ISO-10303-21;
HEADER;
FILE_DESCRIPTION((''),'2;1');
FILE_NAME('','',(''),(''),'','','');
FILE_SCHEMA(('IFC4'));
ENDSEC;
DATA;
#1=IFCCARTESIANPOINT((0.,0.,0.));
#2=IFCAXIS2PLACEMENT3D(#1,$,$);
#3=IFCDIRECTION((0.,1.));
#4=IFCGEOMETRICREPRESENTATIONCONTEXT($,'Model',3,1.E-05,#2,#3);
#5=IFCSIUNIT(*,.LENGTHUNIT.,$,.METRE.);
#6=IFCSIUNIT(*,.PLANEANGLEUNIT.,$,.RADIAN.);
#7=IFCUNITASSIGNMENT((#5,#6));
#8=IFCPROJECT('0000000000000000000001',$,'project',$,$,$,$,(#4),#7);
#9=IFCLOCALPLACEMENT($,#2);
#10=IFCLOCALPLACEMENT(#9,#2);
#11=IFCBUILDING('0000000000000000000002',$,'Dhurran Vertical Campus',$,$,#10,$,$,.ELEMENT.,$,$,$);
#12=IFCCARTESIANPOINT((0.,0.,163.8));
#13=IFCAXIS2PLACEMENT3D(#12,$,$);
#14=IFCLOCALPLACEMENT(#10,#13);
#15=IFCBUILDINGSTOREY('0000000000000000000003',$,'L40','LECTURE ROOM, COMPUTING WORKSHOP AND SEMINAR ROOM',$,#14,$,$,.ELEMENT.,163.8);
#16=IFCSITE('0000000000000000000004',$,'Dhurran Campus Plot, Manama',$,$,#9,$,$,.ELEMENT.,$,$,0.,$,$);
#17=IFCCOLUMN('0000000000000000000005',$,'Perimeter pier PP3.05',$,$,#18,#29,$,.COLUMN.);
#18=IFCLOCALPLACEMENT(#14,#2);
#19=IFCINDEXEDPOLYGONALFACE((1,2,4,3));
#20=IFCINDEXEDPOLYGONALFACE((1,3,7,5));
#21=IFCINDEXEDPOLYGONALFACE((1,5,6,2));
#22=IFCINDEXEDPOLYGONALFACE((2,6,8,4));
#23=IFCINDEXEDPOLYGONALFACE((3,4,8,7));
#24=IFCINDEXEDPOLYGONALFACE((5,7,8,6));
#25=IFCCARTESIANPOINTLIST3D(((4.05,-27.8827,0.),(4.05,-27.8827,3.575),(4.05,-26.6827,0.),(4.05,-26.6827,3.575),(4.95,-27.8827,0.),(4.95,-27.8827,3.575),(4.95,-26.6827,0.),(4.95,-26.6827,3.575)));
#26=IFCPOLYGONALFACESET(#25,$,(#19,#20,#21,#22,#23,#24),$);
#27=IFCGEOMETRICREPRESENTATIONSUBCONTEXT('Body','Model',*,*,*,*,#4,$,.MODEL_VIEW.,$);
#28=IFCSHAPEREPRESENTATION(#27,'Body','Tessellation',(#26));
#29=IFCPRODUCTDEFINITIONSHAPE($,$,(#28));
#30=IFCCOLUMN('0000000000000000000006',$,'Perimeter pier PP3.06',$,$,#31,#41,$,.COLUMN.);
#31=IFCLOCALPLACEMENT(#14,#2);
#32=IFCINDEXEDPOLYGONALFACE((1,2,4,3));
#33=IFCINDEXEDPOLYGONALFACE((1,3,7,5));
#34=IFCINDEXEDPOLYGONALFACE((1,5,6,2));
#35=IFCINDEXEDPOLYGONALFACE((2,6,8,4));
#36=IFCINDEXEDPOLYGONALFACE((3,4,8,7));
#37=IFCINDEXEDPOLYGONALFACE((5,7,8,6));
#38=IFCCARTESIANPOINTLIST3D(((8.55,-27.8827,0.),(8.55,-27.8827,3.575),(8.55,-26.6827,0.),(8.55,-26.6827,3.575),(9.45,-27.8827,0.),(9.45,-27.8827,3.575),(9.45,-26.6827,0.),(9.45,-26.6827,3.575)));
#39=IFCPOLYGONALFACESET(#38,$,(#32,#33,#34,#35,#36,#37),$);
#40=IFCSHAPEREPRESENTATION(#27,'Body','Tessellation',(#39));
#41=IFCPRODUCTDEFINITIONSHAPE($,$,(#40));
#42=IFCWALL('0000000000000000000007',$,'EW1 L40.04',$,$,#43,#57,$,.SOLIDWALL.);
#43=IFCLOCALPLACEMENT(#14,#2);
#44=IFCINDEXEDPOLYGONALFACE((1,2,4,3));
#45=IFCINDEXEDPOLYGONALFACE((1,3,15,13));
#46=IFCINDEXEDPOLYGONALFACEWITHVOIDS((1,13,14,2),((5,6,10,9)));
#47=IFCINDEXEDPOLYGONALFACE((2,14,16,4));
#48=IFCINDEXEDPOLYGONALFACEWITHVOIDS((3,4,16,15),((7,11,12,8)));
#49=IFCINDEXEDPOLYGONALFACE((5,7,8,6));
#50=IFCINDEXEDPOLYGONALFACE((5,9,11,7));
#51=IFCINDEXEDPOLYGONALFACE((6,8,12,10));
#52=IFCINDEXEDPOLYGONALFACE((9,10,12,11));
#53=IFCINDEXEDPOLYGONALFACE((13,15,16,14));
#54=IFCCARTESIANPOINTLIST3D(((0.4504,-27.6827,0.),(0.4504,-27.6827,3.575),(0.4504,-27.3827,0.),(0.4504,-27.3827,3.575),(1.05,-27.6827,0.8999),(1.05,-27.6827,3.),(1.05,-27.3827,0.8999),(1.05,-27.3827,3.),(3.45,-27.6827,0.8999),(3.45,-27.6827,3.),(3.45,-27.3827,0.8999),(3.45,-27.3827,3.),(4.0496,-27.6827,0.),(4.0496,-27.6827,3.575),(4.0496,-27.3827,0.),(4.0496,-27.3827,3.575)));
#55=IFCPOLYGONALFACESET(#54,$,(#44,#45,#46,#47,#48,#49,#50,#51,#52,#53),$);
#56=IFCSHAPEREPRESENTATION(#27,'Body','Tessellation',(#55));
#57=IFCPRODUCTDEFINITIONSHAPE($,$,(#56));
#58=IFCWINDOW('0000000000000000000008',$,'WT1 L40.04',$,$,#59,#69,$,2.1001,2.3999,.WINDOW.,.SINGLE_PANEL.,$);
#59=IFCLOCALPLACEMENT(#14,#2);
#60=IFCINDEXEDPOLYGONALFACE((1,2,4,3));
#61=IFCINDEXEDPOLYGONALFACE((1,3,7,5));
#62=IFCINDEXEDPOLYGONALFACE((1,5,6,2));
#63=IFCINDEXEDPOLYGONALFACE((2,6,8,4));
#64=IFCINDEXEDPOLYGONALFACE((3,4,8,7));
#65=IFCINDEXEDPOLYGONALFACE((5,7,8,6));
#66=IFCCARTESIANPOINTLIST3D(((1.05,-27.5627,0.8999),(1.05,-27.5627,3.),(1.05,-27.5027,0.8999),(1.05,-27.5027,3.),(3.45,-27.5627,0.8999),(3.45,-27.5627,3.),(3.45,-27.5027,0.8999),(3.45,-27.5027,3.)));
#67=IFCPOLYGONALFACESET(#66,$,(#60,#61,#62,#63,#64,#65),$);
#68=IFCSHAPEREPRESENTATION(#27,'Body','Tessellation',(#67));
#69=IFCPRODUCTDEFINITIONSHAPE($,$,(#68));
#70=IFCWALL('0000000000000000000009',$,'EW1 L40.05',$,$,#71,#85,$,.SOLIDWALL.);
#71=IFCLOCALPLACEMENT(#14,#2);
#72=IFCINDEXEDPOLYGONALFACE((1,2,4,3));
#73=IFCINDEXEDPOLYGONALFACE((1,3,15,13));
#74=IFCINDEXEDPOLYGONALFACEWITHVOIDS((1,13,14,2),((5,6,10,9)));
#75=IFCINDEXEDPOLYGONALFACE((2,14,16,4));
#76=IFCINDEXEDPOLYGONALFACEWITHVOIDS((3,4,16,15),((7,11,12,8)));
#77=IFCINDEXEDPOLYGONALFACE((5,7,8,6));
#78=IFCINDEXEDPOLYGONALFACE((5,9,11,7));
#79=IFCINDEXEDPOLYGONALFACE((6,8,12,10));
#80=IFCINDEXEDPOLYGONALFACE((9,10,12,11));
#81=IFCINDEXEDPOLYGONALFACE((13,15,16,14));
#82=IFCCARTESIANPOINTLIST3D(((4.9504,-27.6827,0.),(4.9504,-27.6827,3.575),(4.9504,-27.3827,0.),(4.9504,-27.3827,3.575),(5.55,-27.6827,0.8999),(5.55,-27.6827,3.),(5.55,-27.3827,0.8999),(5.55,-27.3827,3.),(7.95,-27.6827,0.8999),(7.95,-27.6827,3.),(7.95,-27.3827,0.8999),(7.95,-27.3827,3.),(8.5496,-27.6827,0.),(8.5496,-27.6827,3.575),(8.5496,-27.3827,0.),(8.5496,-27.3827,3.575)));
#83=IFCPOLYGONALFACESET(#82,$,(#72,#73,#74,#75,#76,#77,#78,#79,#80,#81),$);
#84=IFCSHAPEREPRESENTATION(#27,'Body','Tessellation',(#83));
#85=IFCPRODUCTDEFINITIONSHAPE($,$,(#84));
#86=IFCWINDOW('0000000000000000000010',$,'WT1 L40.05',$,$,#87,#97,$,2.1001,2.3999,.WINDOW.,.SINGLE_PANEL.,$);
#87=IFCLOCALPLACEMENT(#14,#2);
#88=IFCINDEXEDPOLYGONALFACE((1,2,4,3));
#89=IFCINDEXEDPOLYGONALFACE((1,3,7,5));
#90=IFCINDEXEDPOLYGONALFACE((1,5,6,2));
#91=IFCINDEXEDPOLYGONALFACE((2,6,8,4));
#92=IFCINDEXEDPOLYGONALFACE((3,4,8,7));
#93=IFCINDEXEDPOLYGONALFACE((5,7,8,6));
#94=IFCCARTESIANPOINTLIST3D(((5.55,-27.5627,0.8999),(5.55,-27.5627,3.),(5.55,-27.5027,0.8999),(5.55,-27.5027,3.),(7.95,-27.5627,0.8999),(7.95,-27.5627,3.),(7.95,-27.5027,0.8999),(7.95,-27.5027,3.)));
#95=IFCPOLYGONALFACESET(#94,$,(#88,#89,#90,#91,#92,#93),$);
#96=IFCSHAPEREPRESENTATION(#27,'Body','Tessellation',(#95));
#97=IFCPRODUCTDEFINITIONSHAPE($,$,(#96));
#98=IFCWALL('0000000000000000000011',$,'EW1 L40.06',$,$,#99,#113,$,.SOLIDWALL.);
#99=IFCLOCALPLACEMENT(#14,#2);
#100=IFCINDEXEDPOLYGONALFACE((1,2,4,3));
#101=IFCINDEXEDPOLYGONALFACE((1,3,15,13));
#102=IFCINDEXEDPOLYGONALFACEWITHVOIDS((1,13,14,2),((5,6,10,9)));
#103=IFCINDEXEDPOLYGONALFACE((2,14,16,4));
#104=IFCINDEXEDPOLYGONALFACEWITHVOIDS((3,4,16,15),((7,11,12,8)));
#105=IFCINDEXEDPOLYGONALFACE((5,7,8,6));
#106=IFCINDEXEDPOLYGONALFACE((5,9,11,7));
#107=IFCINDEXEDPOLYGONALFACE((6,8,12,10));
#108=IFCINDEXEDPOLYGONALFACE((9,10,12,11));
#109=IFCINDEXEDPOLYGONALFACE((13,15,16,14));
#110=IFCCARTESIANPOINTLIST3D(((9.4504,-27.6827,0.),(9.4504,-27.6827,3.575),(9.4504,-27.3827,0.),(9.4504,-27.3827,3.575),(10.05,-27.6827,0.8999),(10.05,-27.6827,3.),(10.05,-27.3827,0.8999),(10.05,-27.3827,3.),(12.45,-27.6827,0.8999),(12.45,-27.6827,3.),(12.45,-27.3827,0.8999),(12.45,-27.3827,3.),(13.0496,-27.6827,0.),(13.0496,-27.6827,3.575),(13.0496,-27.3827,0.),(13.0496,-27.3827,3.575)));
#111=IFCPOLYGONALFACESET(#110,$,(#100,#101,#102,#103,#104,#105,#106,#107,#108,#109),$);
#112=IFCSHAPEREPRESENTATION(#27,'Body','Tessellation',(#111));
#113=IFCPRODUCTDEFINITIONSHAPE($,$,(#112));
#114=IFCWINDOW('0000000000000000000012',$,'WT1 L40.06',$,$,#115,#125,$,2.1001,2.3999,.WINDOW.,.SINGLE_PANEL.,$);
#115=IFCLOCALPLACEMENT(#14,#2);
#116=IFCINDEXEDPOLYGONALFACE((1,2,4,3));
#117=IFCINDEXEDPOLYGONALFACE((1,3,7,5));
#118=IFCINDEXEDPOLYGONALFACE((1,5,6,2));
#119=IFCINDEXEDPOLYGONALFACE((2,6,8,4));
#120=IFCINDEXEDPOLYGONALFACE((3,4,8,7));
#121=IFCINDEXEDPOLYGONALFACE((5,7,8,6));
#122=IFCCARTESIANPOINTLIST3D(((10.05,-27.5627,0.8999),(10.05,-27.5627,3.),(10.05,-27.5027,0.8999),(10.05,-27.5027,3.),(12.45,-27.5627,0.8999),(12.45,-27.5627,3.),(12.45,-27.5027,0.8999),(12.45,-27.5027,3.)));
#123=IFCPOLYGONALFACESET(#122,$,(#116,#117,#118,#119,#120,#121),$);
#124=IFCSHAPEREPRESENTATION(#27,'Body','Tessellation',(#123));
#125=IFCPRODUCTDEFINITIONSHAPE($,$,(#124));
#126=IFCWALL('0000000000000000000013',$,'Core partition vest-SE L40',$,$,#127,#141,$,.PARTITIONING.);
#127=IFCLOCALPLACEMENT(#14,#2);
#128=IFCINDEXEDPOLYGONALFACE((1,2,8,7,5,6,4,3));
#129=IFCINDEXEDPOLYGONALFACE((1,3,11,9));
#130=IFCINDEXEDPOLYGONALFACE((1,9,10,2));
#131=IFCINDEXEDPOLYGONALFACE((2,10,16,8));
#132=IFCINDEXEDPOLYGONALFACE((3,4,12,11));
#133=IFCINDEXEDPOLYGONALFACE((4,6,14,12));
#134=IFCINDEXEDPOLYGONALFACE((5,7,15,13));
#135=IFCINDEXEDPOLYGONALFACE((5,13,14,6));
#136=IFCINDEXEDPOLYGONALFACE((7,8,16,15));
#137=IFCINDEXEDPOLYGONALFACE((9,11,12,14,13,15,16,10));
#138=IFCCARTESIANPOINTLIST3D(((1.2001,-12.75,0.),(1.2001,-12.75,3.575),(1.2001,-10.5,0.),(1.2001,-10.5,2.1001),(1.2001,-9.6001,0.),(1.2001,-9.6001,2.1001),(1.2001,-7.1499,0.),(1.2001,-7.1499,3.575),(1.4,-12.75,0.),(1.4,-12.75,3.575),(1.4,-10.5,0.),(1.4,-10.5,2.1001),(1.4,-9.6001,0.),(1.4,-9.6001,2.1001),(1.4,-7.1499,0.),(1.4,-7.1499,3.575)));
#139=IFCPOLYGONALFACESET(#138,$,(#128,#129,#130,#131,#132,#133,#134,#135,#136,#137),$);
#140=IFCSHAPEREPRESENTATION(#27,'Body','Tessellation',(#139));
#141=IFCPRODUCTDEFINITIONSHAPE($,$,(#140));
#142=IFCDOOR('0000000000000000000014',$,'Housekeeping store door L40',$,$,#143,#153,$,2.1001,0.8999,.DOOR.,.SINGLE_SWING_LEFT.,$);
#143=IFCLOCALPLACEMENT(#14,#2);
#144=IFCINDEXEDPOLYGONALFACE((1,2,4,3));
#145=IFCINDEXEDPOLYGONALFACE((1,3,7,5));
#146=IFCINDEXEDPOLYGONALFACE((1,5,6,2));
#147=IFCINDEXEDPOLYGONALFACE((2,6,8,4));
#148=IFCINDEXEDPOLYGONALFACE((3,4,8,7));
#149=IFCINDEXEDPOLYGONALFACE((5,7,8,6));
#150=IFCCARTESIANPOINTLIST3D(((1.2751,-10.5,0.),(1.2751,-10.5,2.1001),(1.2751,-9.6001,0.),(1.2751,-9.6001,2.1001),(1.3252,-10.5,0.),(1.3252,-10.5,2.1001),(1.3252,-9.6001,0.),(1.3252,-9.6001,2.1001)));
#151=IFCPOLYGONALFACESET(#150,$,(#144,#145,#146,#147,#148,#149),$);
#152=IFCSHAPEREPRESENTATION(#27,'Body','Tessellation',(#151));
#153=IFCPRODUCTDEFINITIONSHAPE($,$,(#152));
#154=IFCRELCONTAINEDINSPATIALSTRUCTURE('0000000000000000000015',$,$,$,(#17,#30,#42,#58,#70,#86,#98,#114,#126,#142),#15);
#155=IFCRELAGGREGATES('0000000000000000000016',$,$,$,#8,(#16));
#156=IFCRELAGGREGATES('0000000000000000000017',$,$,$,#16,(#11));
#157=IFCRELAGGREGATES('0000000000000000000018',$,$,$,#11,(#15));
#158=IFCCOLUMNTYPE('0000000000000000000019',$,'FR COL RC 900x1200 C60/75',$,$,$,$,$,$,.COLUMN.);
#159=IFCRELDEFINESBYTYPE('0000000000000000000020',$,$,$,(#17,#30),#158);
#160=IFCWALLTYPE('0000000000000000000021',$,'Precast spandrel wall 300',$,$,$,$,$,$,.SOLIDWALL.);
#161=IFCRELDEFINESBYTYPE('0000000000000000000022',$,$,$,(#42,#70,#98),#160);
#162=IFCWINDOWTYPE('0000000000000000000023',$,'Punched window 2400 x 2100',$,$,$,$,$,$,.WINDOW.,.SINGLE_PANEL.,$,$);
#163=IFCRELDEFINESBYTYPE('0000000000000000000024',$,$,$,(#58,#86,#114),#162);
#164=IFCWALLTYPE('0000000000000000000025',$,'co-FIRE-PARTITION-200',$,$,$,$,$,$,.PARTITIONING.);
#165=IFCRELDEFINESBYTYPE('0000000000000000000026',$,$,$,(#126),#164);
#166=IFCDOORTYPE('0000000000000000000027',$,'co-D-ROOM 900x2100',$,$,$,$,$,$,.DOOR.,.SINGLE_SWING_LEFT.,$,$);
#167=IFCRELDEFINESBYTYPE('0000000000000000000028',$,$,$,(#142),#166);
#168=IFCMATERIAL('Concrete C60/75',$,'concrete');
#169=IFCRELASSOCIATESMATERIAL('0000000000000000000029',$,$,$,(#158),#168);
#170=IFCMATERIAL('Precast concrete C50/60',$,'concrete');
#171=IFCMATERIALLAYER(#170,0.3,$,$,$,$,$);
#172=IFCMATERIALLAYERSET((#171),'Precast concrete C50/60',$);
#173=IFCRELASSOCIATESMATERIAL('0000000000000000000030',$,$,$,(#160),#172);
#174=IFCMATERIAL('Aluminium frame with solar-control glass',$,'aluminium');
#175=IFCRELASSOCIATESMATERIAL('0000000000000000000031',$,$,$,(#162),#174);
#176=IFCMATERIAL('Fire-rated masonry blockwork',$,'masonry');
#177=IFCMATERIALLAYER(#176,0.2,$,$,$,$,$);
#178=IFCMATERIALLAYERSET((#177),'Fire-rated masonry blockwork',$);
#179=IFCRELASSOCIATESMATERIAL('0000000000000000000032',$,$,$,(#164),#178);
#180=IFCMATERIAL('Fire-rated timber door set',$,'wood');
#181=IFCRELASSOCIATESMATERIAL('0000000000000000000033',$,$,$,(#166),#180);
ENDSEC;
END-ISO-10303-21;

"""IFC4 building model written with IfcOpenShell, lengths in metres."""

from ifc_helpers import new_model, si_unit, direction, frame, frame_2d, origin, origin_2d, place, context, subcontext, project, spatial, rectangle, extrude, material, layer, layer_set, material_profile, profile_set, type_object, element, fill, save


model = new_model("IFC4")

# Units and contexts
model_context = context("Model", 3, precision=1e-05, world=origin(), true_north=direction((0.0, 1.0)))
body_context = subcontext(model_context, "Body", "Model", "MODEL_VIEW")
ifc_project = project(units=[si_unit("LENGTHUNIT", "METRE"), si_unit("PLANEANGLEUNIT", "RADIAN")], contexts=[model_context])

# Site, building, storey
site_placement = place(None, origin())
site = spatial("IfcSite", under=ifc_project, at=site_placement, Name="Dhurran Campus Plot, Manama", CompositionType="ELEMENT", RefElevation=0.0)
building_placement = place(site_placement, origin())
building = spatial("IfcBuilding", under=site, at=building_placement, Name="Dhurran Vertical Campus", CompositionType="ELEMENT")
storey_placement = place(building_placement, frame((0.0, 0.0, 163.8)))
storey = spatial("IfcBuildingStorey", under=building, at=storey_placement, Name="L40", Description="LECTURE ROOM, COMPUTING WORKSHOP AND SEMINAR ROOM", CompositionType="ELEMENT", Elevation=163.8)

# Columns
ifc_material_1 = material(Name="Concrete C60/75", Category="concrete")
ifc_material_profile = material_profile(ifc_material_1, rectangle(XDim=0.8999, YDim=1.2, at=origin_2d()), Name="RC 900x1200")
ifc_profile_set = profile_set([ifc_material_profile], Name="Concrete C60/75")
column_type = type_object("IfcColumnType", Name="FR COL RC 900x1200 C60/75", PredefinedType="COLUMN", material=ifc_profile_set)
for number, where, z_axis, x_axis, name in (
    (1, (4.5, -27.2827, 0.0), (0.0, 0.0, 1.0), (1.0, 0.0, 0.0), "Perimeter pier PP3.05"),
    (2, (9.0, -27.2827, 0.0), (0.0, 0.0, 1.0), (1.0, 0.0, 0.0), "Perimeter pier PP3.06"),
):
    element("IfcColumn", number, at=place(storey_placement, frame(where, z_axis=z_axis, x_axis=x_axis)), inside=storey, type_object=column_type, Name=name, PredefinedType="COLUMN", context=body_context, shape_type="SweptSolid", body=[
        extrude(rectangle(XDim=0.8999, YDim=1.2, at=origin_2d()), origin(), (0.0, 0.0, 1.0), 3.575),
    ])

# Walls, openings, windows
ifc_material_2 = material(Name="Precast concrete C50/60", Category="concrete")
ifc_layer_1 = layer(ifc_material_2, 0.3)
ifc_layer_set_1 = layer_set([ifc_layer_1], Name="Precast concrete C50/60")
wall_type_1 = type_object("IfcWallType", Name="Precast spandrel wall 300", PredefinedType="SOLIDWALL", material=ifc_layer_set_1)
wall_1_placement = place(storey_placement, frame((0.4504, -27.5327, 0.0), z_axis=(0.0, 0.0, 1.0), x_axis=(1.0, 0.0, 0.0)))
wall_1 = element("IfcWall", 3, at=wall_1_placement, inside=storey, type_object=wall_type_1, Name="EW1 L40.04", PredefinedType="SOLIDWALL", context=body_context, shape_type="SweptSolid", body=[
    extrude(rectangle(XDim=3.5991, YDim=0.3, at=frame_2d((1.7996, 0.0))), origin(), (0.0, 0.0, 1.0), 3.575),
])
opening_1_placement = place(wall_1_placement, frame((0.5996, 0.0, 0.8999)))
opening_1 = element("IfcOpeningElement", 4, at=opening_1_placement, cuts=wall_1, PredefinedType="OPENING", context=body_context, shape_type="SweptSolid", body=[
    extrude(rectangle(XDim=2.3999, YDim=2.1001, at=frame_2d((1.2, 1.05))), frame((0.0, 0.1599, 0.0), z_axis=(0.0, -1.0, 0.0), x_axis=(1.0, 0.0, 0.0)), (0.0, 0.0, 1.0), 0.3201),
])
ifc_material_3 = material(Name="Aluminium frame with solar-control glass", Category="aluminium")
window_type = type_object("IfcWindowType", Name="Punched window 2400 x 2100", PartitioningType="SINGLE_PANEL", PredefinedType="WINDOW", material=ifc_material_3)
window_1_placement = place(opening_1_placement, origin())
window_1 = element("IfcWindow", 5, at=window_1_placement, inside=storey, type_object=window_type, Name="WT1 L40.04", OverallHeight=2.1001, OverallWidth=2.3999, PartitioningType="SINGLE_PANEL", PredefinedType="WINDOW", context=body_context, shape_type="SweptSolid", body=[
    extrude(rectangle(XDim=2.3999, YDim=2.1001, at=frame_2d((1.2, 1.05))), frame((0.0, 0.03, 0.0), z_axis=(0.0, -1.0, 0.0), x_axis=(1.0, 0.0, 0.0)), (0.0, 0.0, 1.0), 0.0601),
])
fill(opening_1, window_1)
wall_2_placement = place(storey_placement, frame((4.9504, -27.5327, 0.0), z_axis=(0.0, 0.0, 1.0), x_axis=(1.0, 0.0, 0.0)))
wall_2 = element("IfcWall", 6, at=wall_2_placement, inside=storey, type_object=wall_type_1, Name="EW1 L40.05", PredefinedType="SOLIDWALL", context=body_context, shape_type="SweptSolid", body=[
    extrude(rectangle(XDim=3.5991, YDim=0.3, at=frame_2d((1.7996, 0.0))), origin(), (0.0, 0.0, 1.0), 3.575),
])
opening_2_placement = place(wall_2_placement, frame((0.5996, 0.0, 0.8999)))
opening_2 = element("IfcOpeningElement", 7, at=opening_2_placement, cuts=wall_2, PredefinedType="OPENING", context=body_context, shape_type="SweptSolid", body=[
    extrude(rectangle(XDim=2.3999, YDim=2.1001, at=frame_2d((1.2, 1.05))), frame((0.0, 0.1599, 0.0), z_axis=(0.0, -1.0, 0.0), x_axis=(1.0, 0.0, 0.0)), (0.0, 0.0, 1.0), 0.3201),
])
window_2_placement = place(opening_2_placement, origin())
window_2 = element("IfcWindow", 8, at=window_2_placement, inside=storey, type_object=window_type, Name="WT1 L40.05", OverallHeight=2.1001, OverallWidth=2.3999, PartitioningType="SINGLE_PANEL", PredefinedType="WINDOW", context=body_context, shape_type="SweptSolid", body=[
    extrude(rectangle(XDim=2.3999, YDim=2.1001, at=frame_2d((1.2, 1.05))), frame((0.0, 0.03, 0.0), z_axis=(0.0, -1.0, 0.0), x_axis=(1.0, 0.0, 0.0)), (0.0, 0.0, 1.0), 0.0601),
])
fill(opening_2, window_2)
wall_3_placement = place(storey_placement, frame((9.4504, -27.5327, 0.0), z_axis=(0.0, 0.0, 1.0), x_axis=(1.0, 0.0, 0.0)))
wall_3 = element("IfcWall", 9, at=wall_3_placement, inside=storey, type_object=wall_type_1, Name="EW1 L40.06", PredefinedType="SOLIDWALL", context=body_context, shape_type="SweptSolid", body=[
    extrude(rectangle(XDim=3.5991, YDim=0.3, at=frame_2d((1.7996, 0.0))), origin(), (0.0, 0.0, 1.0), 3.575),
])
opening_3_placement = place(wall_3_placement, frame((0.5996, 0.0, 0.8999)))
opening_3 = element("IfcOpeningElement", 10, at=opening_3_placement, cuts=wall_3, PredefinedType="OPENING", context=body_context, shape_type="SweptSolid", body=[
    extrude(rectangle(XDim=2.3999, YDim=2.1001, at=frame_2d((1.2, 1.05))), frame((0.0, 0.1599, 0.0), z_axis=(0.0, -1.0, 0.0), x_axis=(1.0, 0.0, 0.0)), (0.0, 0.0, 1.0), 0.3201),
])
window_3_placement = place(opening_3_placement, origin())
window_3 = element("IfcWindow", 11, at=window_3_placement, inside=storey, type_object=window_type, Name="WT1 L40.06", OverallHeight=2.1001, OverallWidth=2.3999, PartitioningType="SINGLE_PANEL", PredefinedType="WINDOW", context=body_context, shape_type="SweptSolid", body=[
    extrude(rectangle(XDim=2.3999, YDim=2.1001, at=frame_2d((1.2, 1.05))), frame((0.0, 0.03, 0.0), z_axis=(0.0, -1.0, 0.0), x_axis=(1.0, 0.0, 0.0)), (0.0, 0.0, 1.0), 0.0601),
])
fill(opening_3, window_3)

# Wall, opening, door
ifc_material_4 = material(Name="Fire-rated masonry blockwork", Category="masonry")
ifc_layer_2 = layer(ifc_material_4, 0.2)
ifc_layer_set_2 = layer_set([ifc_layer_2], Name="Fire-rated masonry blockwork")
wall_type_2 = type_object("IfcWallType", Name="co-FIRE-PARTITION-200", PredefinedType="PARTITIONING", material=ifc_layer_set_2)
wall_4_placement = place(storey_placement, frame((1.3, -12.75, 0.0), z_axis=(0.0, 0.0, 1.0), x_axis=(0.0, 1.0, 0.0)))
wall_4 = element("IfcWall", 12, at=wall_4_placement, inside=storey, type_object=wall_type_2, Name="Core partition vest-SE L40", PredefinedType="PARTITIONING", context=body_context, shape_type="SweptSolid", body=[
    extrude(rectangle(XDim=5.6001, YDim=0.2, at=frame_2d((2.8, 0.0))), origin(), (0.0, 0.0, 1.0), 3.575),
])
opening_4_placement = place(wall_4_placement, frame((2.25, 0.0, 0.0)))
opening_4 = element("IfcOpeningElement", 13, at=opening_4_placement, cuts=wall_4, PredefinedType="OPENING", context=body_context, shape_type="SweptSolid", body=[
    extrude(rectangle(XDim=0.8999, YDim=2.1001, at=frame_2d((0.45, 1.05))), frame((0.0, 0.1099, 0.0), z_axis=(0.0, -1.0, 0.0), x_axis=(1.0, 0.0, 0.0)), (0.0, 0.0, 1.0), 0.22),
])
ifc_material_5 = material(Name="Fire-rated timber door set", Category="wood")
door_type_1 = type_object("IfcDoorType", Name="co-D-ROOM 900x2100", OperationType="SINGLE_SWING_LEFT", PredefinedType="DOOR", material=ifc_material_5)
door_1_placement = place(opening_4_placement, origin())
door_1 = element("IfcDoor", 14, at=door_1_placement, inside=storey, type_object=door_type_1, Name="Housekeeping store door L40", OperationType="SINGLE_SWING_LEFT", OverallHeight=2.1001, OverallWidth=0.8999, PredefinedType="DOOR", context=body_context, shape_type="SweptSolid", body=[
    extrude(rectangle(XDim=0.8999, YDim=2.1001, at=frame_2d((0.45, 1.05))), frame((0.0, 0.0249, 0.0), z_axis=(0.0, -1.0, 0.0), x_axis=(1.0, 0.0, 0.0)), (0.0, 0.0, 1.0), 0.05),
])
fill(opening_4, door_1)

save(model, "model.ifc")
